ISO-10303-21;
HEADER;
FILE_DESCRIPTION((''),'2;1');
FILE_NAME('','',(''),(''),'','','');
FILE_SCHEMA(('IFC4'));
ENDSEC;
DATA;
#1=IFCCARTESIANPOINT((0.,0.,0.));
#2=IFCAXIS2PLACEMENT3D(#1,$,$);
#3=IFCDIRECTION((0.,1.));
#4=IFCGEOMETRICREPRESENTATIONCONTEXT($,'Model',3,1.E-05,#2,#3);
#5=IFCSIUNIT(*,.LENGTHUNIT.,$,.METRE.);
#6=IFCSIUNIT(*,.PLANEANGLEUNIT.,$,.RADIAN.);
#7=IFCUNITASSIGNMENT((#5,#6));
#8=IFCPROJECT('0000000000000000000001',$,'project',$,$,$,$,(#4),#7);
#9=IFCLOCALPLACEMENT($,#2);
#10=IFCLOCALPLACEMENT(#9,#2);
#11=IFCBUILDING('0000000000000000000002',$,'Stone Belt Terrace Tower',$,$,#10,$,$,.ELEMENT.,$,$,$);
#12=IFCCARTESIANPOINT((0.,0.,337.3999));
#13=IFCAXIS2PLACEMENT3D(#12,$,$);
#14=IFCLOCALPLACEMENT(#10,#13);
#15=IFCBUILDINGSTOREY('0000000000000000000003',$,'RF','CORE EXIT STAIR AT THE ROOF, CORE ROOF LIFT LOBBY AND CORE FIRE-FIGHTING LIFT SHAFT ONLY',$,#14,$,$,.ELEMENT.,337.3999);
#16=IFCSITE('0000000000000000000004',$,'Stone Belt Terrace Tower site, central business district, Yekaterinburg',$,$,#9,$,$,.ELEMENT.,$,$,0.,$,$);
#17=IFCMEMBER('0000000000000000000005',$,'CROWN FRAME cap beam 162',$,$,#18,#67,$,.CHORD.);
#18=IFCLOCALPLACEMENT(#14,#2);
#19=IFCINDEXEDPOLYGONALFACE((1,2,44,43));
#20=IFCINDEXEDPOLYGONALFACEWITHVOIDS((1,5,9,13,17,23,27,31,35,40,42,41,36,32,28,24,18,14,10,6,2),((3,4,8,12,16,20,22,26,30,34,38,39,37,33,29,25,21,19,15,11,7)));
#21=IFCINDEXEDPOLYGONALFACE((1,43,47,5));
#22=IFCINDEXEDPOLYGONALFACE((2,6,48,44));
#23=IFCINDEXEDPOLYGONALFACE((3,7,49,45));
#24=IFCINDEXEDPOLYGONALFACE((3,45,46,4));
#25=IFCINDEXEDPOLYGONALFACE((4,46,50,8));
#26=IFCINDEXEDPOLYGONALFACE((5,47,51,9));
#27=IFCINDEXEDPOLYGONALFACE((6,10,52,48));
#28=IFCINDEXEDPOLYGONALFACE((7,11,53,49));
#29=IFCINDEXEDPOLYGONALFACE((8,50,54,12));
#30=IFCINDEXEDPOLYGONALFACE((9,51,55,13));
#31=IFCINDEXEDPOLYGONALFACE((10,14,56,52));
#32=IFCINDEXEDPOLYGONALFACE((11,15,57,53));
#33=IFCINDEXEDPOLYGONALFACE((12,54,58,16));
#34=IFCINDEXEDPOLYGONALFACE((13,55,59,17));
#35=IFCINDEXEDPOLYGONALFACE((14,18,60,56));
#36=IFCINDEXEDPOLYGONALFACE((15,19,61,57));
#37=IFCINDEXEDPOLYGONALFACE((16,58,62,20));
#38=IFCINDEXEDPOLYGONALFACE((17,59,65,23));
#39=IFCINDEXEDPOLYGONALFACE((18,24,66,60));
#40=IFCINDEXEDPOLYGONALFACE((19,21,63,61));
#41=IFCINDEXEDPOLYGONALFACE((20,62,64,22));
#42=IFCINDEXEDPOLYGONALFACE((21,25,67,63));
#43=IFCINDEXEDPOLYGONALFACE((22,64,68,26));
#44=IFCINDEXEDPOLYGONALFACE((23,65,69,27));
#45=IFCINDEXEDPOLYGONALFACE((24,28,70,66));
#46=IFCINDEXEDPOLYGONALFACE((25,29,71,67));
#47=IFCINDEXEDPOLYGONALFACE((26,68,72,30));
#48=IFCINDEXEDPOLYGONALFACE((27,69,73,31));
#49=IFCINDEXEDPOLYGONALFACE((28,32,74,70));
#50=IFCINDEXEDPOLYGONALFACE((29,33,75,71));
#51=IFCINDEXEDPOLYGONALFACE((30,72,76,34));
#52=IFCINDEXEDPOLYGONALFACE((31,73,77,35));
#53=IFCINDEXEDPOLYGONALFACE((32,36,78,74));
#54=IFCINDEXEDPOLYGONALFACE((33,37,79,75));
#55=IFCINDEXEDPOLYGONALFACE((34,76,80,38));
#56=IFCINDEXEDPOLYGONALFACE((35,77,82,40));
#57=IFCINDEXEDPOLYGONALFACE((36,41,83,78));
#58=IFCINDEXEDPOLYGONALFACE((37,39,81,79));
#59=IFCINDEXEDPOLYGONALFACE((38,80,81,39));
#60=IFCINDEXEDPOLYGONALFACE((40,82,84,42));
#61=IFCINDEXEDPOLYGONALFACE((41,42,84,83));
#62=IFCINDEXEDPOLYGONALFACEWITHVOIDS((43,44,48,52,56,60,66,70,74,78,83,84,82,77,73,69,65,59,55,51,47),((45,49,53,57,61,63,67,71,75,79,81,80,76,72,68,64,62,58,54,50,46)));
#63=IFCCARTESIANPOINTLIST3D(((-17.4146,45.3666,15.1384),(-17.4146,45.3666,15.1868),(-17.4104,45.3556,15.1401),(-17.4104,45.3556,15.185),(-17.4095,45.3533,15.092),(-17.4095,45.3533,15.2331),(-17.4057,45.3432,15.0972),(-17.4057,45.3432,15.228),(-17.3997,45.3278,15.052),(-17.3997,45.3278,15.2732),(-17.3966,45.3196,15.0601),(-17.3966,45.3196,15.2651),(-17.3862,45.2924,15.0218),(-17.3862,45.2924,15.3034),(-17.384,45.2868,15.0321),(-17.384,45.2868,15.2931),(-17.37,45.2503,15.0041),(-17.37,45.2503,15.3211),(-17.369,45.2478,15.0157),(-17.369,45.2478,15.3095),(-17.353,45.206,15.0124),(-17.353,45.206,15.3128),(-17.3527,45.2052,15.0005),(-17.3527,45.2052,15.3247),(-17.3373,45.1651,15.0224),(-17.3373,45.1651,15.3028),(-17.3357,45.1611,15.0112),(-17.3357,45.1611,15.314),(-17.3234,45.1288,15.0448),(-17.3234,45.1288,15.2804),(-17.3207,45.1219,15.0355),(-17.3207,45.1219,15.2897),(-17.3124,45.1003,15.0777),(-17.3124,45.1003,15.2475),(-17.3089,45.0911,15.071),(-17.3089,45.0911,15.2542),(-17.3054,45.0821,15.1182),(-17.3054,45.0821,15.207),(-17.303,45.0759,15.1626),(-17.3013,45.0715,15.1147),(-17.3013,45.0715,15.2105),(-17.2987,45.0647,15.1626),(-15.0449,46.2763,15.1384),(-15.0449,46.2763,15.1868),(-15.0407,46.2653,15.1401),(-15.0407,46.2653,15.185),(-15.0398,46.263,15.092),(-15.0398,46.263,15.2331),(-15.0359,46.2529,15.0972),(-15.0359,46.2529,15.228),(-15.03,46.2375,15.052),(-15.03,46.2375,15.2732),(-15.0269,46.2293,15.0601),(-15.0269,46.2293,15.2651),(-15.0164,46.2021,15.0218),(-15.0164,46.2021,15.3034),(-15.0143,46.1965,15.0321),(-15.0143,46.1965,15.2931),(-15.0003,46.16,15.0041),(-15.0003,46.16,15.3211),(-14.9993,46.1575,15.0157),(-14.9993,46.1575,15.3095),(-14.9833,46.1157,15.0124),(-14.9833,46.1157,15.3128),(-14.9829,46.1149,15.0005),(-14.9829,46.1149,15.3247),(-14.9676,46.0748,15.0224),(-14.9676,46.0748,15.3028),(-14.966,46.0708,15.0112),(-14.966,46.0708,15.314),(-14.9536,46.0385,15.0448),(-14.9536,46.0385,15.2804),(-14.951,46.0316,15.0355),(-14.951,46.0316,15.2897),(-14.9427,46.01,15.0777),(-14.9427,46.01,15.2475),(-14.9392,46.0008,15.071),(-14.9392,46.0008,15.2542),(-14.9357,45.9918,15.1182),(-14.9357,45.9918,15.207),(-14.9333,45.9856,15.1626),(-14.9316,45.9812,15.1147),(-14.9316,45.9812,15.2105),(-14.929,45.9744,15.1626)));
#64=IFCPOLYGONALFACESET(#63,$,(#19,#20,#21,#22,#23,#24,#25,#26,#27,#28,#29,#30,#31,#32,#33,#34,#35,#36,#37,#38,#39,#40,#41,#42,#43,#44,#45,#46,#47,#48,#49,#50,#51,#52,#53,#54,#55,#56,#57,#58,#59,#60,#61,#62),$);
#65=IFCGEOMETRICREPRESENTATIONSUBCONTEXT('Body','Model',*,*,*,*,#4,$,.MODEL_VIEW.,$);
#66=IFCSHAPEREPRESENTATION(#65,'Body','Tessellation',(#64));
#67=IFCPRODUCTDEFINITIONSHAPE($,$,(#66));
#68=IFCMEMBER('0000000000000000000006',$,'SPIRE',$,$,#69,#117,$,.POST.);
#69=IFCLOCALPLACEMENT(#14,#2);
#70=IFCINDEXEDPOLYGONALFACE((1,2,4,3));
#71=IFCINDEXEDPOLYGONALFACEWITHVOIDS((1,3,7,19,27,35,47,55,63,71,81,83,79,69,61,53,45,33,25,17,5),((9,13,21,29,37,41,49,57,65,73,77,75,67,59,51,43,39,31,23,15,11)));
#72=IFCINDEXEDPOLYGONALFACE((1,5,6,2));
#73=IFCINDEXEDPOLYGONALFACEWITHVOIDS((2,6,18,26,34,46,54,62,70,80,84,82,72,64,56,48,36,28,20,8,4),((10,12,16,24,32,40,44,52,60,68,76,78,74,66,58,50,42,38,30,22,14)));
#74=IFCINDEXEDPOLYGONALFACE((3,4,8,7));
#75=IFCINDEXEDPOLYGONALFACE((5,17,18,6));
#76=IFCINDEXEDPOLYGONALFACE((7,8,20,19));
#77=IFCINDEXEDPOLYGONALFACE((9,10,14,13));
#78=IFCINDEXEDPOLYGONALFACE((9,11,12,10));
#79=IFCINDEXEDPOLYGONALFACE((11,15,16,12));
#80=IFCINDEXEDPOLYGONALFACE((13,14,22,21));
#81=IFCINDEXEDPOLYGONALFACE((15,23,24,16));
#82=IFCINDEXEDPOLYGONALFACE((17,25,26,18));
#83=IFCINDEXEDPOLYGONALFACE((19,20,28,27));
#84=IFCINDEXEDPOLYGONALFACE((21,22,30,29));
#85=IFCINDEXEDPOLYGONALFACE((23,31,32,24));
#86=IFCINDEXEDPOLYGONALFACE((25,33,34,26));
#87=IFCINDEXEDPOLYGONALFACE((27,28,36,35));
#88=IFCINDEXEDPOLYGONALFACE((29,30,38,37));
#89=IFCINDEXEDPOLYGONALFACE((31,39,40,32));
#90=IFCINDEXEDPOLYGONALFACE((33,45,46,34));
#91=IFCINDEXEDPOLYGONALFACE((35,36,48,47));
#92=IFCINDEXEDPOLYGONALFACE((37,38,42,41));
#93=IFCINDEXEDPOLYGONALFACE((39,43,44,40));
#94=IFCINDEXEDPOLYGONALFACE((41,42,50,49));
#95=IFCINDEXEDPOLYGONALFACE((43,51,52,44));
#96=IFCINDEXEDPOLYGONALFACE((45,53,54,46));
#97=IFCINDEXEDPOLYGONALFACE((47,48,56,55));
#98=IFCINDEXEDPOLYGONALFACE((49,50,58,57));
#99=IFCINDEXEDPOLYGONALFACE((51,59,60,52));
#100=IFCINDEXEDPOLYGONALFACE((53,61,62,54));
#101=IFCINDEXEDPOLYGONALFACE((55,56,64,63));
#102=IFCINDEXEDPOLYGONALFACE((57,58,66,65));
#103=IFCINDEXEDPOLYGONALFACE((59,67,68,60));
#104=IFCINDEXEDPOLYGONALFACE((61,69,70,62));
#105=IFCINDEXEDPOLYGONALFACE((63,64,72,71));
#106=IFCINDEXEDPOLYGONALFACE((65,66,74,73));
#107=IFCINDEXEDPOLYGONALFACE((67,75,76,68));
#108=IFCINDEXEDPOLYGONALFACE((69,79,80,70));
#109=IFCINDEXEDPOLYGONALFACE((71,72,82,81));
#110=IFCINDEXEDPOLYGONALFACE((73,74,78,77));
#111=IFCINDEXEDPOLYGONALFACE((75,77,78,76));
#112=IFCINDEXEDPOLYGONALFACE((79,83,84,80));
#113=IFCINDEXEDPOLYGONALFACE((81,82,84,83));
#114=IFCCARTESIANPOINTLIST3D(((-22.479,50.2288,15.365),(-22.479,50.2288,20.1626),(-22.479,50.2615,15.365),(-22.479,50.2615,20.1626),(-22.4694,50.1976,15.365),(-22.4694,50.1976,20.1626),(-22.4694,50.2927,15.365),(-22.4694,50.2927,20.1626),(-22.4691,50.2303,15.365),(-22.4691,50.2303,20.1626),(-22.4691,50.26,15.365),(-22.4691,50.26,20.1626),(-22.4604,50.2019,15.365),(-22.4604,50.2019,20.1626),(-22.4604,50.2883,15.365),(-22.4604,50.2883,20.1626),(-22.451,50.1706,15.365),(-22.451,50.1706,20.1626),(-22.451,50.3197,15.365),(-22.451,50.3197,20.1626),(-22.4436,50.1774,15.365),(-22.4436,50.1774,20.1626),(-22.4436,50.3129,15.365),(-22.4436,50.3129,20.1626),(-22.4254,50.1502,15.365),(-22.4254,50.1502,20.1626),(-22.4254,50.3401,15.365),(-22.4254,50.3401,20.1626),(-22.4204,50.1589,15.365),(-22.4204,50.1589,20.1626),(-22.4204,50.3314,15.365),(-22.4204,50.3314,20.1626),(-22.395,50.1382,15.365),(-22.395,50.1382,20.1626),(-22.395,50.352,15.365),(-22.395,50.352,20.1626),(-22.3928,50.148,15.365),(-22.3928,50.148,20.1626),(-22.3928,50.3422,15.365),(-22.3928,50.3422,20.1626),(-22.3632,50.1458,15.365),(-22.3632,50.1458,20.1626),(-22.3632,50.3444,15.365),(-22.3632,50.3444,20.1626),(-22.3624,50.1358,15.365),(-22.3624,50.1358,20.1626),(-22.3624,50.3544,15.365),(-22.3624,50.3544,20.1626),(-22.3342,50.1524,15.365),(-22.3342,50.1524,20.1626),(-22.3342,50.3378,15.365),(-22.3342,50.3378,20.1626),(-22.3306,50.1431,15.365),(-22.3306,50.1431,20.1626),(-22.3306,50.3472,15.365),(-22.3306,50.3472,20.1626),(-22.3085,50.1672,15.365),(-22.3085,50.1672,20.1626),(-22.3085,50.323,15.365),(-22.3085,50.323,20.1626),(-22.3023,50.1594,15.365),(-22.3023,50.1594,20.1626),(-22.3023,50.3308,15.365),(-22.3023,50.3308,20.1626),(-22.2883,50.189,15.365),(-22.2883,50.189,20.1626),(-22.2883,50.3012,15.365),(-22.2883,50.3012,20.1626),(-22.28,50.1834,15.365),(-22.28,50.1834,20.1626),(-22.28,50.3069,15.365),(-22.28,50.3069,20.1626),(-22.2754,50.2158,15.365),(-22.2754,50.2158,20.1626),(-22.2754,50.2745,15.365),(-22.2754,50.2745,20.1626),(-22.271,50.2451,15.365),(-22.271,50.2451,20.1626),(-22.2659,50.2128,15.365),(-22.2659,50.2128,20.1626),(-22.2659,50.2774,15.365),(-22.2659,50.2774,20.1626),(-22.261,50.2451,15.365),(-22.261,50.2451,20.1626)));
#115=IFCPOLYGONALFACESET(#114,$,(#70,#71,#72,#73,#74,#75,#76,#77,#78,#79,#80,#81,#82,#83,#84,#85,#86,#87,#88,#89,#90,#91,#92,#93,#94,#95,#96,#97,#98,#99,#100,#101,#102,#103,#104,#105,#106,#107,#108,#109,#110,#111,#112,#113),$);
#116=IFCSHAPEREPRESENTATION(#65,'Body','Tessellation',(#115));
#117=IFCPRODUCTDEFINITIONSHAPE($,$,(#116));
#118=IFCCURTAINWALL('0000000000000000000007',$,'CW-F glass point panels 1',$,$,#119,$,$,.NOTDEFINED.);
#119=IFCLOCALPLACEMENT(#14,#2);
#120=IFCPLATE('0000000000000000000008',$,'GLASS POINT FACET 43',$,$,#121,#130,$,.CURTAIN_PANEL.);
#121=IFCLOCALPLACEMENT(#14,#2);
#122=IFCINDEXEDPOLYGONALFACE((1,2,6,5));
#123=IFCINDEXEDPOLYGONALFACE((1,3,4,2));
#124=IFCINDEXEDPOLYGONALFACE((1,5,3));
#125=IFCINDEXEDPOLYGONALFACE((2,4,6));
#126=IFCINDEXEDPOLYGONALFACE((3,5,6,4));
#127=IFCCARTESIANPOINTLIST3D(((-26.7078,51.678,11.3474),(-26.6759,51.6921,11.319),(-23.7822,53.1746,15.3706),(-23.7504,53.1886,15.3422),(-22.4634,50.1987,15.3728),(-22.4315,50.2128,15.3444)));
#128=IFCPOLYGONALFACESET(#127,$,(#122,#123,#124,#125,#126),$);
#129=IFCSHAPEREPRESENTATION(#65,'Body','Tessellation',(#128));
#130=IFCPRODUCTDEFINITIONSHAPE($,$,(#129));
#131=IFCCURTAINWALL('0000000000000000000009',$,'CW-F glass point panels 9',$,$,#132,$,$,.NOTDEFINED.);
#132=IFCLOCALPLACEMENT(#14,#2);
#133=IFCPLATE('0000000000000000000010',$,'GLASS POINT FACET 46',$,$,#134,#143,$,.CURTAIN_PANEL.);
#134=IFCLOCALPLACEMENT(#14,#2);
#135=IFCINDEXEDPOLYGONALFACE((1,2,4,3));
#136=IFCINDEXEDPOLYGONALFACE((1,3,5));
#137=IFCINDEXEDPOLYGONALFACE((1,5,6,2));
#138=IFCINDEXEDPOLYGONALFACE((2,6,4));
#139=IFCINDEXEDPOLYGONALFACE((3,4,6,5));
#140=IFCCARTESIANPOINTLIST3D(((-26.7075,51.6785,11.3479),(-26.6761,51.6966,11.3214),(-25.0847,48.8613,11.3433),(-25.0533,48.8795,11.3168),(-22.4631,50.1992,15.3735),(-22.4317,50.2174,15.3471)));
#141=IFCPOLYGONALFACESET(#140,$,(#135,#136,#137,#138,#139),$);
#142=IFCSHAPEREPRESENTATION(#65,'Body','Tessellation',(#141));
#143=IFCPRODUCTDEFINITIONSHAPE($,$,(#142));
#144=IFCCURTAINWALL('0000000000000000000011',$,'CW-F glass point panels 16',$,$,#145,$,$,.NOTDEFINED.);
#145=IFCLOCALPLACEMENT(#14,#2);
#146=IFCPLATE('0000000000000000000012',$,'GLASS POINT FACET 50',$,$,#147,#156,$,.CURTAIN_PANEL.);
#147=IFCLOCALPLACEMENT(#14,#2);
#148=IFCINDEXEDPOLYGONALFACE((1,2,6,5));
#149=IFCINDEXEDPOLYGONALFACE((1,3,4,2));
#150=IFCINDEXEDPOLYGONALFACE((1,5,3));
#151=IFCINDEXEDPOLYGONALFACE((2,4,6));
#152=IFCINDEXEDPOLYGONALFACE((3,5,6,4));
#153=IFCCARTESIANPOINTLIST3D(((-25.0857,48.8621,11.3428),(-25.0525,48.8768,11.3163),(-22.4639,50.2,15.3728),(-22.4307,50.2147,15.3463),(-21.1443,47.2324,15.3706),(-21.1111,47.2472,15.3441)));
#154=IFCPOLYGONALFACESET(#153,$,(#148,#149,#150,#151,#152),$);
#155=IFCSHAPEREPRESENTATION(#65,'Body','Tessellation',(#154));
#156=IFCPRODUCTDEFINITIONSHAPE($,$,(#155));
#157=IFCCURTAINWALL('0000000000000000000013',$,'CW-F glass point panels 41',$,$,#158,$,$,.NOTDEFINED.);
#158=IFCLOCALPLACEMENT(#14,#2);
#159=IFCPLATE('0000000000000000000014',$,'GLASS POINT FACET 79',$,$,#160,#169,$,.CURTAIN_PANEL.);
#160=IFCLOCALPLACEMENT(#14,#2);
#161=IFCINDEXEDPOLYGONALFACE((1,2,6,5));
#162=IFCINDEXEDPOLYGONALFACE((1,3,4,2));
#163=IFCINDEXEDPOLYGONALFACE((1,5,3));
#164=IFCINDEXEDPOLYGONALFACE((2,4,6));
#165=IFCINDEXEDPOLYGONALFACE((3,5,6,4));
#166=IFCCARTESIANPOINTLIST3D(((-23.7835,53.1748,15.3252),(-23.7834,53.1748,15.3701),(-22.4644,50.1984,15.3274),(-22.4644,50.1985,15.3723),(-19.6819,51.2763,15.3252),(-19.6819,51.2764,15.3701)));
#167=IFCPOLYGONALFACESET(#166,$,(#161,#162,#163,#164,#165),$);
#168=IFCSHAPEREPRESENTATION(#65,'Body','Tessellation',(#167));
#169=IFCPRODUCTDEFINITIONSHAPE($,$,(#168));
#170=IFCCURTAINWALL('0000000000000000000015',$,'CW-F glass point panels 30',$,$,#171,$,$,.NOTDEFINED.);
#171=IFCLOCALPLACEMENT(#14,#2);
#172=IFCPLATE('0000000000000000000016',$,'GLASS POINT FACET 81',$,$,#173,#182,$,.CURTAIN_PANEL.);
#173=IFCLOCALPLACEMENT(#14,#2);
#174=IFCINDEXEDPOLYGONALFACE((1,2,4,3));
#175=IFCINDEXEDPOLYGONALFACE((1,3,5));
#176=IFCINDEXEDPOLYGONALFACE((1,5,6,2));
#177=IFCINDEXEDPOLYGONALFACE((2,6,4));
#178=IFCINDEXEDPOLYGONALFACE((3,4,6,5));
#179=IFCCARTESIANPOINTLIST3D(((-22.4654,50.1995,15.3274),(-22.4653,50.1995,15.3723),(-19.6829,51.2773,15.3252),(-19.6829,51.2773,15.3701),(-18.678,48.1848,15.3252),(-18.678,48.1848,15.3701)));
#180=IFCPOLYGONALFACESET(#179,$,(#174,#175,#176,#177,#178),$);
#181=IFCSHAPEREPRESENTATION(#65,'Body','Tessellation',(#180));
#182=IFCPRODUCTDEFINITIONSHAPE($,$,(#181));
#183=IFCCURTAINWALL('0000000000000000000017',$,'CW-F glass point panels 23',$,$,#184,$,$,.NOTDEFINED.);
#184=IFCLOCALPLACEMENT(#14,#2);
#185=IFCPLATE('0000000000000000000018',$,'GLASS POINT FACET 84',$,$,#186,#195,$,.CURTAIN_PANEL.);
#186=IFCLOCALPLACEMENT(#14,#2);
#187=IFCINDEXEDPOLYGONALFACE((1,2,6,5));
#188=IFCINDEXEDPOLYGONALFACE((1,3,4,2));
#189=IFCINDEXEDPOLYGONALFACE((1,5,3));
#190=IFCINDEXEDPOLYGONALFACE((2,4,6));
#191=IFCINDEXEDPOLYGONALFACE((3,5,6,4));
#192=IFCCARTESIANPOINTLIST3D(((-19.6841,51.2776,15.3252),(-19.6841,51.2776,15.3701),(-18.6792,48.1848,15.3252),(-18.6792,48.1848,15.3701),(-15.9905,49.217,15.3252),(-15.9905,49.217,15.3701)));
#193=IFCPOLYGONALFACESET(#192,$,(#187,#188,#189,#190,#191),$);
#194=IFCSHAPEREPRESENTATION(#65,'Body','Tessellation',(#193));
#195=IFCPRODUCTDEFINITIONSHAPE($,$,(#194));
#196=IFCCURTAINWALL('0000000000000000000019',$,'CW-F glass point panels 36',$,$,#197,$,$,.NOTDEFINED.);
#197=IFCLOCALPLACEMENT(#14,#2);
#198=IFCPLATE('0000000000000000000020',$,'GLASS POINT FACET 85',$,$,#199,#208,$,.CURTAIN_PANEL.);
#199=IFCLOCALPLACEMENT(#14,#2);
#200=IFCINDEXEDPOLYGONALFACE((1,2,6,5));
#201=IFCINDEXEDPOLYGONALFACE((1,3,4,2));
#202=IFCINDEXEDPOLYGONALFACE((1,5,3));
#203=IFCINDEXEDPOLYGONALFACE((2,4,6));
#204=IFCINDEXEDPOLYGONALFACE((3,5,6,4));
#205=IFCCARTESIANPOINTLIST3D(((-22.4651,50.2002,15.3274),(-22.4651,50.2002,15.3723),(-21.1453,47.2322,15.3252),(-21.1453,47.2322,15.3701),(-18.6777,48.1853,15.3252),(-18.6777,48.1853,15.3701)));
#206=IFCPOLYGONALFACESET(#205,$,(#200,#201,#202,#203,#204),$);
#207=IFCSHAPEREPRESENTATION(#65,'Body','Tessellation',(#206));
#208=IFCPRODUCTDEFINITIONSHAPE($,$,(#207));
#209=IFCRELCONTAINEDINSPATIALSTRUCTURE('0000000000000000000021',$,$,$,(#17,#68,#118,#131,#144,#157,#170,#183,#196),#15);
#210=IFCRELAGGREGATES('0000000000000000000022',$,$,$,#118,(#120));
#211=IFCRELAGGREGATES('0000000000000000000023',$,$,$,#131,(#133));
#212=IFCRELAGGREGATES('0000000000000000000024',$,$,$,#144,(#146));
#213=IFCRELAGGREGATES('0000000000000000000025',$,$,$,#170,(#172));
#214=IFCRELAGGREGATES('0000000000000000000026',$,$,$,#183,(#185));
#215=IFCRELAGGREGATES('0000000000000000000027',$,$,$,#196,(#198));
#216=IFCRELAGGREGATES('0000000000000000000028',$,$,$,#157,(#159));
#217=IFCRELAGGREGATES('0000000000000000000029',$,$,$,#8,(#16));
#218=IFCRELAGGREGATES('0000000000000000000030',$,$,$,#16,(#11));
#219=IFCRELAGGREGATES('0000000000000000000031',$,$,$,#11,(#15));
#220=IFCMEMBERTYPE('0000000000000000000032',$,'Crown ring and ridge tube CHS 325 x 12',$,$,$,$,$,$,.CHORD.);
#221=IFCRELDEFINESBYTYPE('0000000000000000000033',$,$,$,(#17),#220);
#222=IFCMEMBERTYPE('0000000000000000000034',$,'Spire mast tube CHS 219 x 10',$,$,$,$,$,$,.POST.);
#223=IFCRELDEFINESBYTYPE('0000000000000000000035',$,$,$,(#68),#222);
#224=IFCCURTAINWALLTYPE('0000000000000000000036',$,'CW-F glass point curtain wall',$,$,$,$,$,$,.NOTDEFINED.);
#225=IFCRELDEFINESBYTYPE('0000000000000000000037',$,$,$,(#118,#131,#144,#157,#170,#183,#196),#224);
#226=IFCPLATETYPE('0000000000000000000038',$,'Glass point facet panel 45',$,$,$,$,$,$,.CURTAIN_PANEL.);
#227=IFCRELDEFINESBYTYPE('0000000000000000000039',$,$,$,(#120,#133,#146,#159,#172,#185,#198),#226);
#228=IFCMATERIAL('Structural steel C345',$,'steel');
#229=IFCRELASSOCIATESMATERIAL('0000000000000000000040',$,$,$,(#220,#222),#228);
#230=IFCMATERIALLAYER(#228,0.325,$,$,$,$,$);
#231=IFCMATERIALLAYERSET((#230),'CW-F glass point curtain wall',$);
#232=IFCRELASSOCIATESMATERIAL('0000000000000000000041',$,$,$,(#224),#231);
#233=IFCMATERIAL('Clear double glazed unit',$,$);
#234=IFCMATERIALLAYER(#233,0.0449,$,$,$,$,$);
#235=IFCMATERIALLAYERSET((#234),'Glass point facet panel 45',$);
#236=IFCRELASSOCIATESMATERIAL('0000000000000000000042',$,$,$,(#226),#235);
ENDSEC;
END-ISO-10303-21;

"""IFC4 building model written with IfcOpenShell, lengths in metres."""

from ifc_helpers import new_model, si_unit, direction, frame, origin, origin_2d, place, context, subcontext, project, spatial, polyline, hollow_circle, outline, extrude, material, layer, layer_set, material_profile, profile_set, type_object, element, aggregate, save


model = new_model("IFC4")

# Units and contexts
model_context = context("Model", 3, precision=1e-05, world=origin(), true_north=direction((0.0, 1.0)))
body_context = subcontext(model_context, "Body", "Model", "MODEL_VIEW")
ifc_project = project(units=[si_unit("LENGTHUNIT", "METRE"), si_unit("PLANEANGLEUNIT", "RADIAN")], contexts=[model_context])

# Site, building, storey
site_placement = place(None, origin())
site = spatial("IfcSite", under=ifc_project, at=site_placement, Name="Stone Belt Terrace Tower site, central business district, Yekaterinburg", CompositionType="ELEMENT", RefElevation=0.0)
building_placement = place(site_placement, origin())
building = spatial("IfcBuilding", under=site, at=building_placement, Name="Stone Belt Terrace Tower", CompositionType="ELEMENT")
storey_placement = place(building_placement, frame((0.0, 0.0, 337.3999)))
storey = spatial("IfcBuildingStorey", under=building, at=storey_placement, Name="RF", Description="CORE EXIT STAIR AT THE ROOF, CORE ROOF LIFT LOBBY AND CORE FIRE-FIGHTING LIFT SHAFT ONLY", CompositionType="ELEMENT", Elevation=337.3999)

# Members
ifc_material_1 = material(Name="Structural steel C345", Category="steel")
ifc_material_profile_1 = material_profile(ifc_material_1, hollow_circle(Radius=0.1626, WallThickness=0.012, at=origin_2d()), Name="Structural steel C345 CHS 325x12")
ifc_profile_set_1 = profile_set([ifc_material_profile_1], Name="Structural steel C345")
member_type_1 = type_object("IfcMemberType", Name="Crown ring and ridge tube CHS 325 x 12", PredefinedType="CHORD", material=ifc_profile_set_1)
member_1_placement = place(storey_placement, frame((-14.9873, 46.1262, 15.1626), z_axis=(-0.933573, -0.358386, 0.0), x_axis=(0.358386, -0.933573, 0.0)))
element("IfcMember", 1, at=member_1_placement, inside=storey, type_object=member_type_1, Name="CROWN FRAME cap beam 162", PredefinedType="CHORD", context=body_context, shape_type="SweptSolid", body=[
    extrude(hollow_circle(Radius=0.1626, WallThickness=0.012, at=origin_2d()), origin(), (0.0, 0.0, 1.0), 2.5383),
])
ifc_material_profile_2 = material_profile(ifc_material_1, hollow_circle(Radius=0.1096, WallThickness=0.01, at=origin_2d()), Name="Structural steel C345 CHS 219x10")
ifc_profile_set_2 = profile_set([ifc_material_profile_2], Name="Structural steel C345")
member_type_2 = type_object("IfcMemberType", Name="Spire mast tube CHS 219 x 10", PredefinedType="POST", material=ifc_profile_set_2)
member_2_placement = place(storey_placement, frame((-22.3706, 50.2451, 15.365), z_axis=(0.0, 0.0, 1.0), x_axis=(1.0, 0.0, 0.0)))
element("IfcMember", 2, at=member_2_placement, inside=storey, type_object=member_type_2, Name="SPIRE", PredefinedType="POST", context=body_context, shape_type="SweptSolid", body=[
    extrude(hollow_circle(Radius=0.1096, WallThickness=0.01, at=origin_2d()), origin(), (0.0, 0.0, 1.0), 4.7976),
])

# Curtain walls, plates
ifc_layer_1 = layer(ifc_material_1, 0.325)
ifc_layer_set_1 = layer_set([ifc_layer_1], Name="CW-F glass point curtain wall")
curtain_wall_type = type_object("IfcCurtainWallType", Name="CW-F glass point curtain wall", PredefinedType="NOTDEFINED", material=ifc_layer_set_1)
curtain_wall_1_placement = place(storey_placement, origin())
curtain_wall_1 = element("IfcCurtainWall", 3, at=curtain_wall_1_placement, inside=storey, type_object=curtain_wall_type, Name="CW-F glass point panels 1", PredefinedType="NOTDEFINED")
ifc_material_2 = material(Name="Clear double glazed unit")
ifc_layer_2 = layer(ifc_material_2, 0.0449)
ifc_layer_set_2 = layer_set([ifc_layer_2], Name="Glass point facet panel 45")
plate_type = type_object("IfcPlateType", Name="Glass point facet panel 45", PredefinedType="CURTAIN_PANEL", material=ifc_layer_set_2)
plate_1_placement = place(storey_placement, frame((-22.4634, 50.1987, 15.3728), z_axis=(-0.708684, -0.313612, 0.631992), x_axis=(-0.703435, 0.24516, -0.66714)))
plate_1 = element("IfcPlate", 4, at=plate_1_placement, type_object=plate_type, Name="GLASS POINT FACET 43", PredefinedType="CURTAIN_PANEL", context=body_context, shape_type="SweptSolid", body=[
    extrude(outline(polyline([(0.0, 0.0), (6.0338, 0.0), (1.6587, -2.8006), (0.0, 0.0)])), origin(), (0.0, 0.0, -1.0), 0.0449),
])
aggregate(curtain_wall_1, [plate_1])
curtain_wall_2_placement = place(storey_placement, origin())
curtain_wall_2 = element("IfcCurtainWall", 5, at=curtain_wall_2_placement, inside=storey, type_object=curtain_wall_type, Name="CW-F glass point panels 9", PredefinedType="NOTDEFINED")
plate_2_placement = place(storey_placement, frame((-22.4631, 50.1992, 15.3735), z_axis=(-0.699684, -0.404021, 0.589244), x_axis=(-0.525308, -0.268084, -0.807578)))
plate_2 = element("IfcPlate", 6, at=plate_2_placement, type_object=plate_type, Name="GLASS POINT FACET 46", PredefinedType="CURTAIN_PANEL", context=body_context, shape_type="SweptSolid", body=[
    extrude(outline(polyline([(0.0, 0.0), (4.9906, 0.0), (5.0841, -3.2498), (0.0, 0.0)])), origin(), (0.0, 0.0, -1.0), 0.0449),
])
aggregate(curtain_wall_2, [plate_2])
curtain_wall_3_placement = place(storey_placement, origin())
curtain_wall_3 = element("IfcCurtainWall", 7, at=curtain_wall_3_placement, inside=storey, type_object=curtain_wall_type, Name="CW-F glass point panels 16", PredefinedType="NOTDEFINED")
plate_3_placement = place(storey_placement, frame((-22.4639, 50.2, 15.3728), z_axis=(-0.738075, -0.328638, 0.589273), x_axis=(0.406313, -0.913734, -0.000677)))
plate_3 = element("IfcPlate", 8, at=plate_3_placement, type_object=plate_type, Name="GLASS POINT FACET 50", PredefinedType="CURTAIN_PANEL", context=body_context, shape_type="SweptSolid", body=[
    extrude(outline(polyline([(0.0, 0.0), (3.2477, 0.0), (0.1599, -4.9879), (0.0, 0.0)])), origin(), (0.0, 0.0, -1.0), 0.0449),
])
aggregate(curtain_wall_3, [plate_3])
curtain_wall_4_placement = place(storey_placement, origin())
curtain_wall_4 = element("IfcCurtainWall", 9, at=curtain_wall_4_placement, inside=storey, type_object=curtain_wall_type, Name="CW-F glass point panels 41", PredefinedType="NOTDEFINED")
plate_4_placement = place(storey_placement, frame((-22.4644, 50.1985, 15.3723), z_axis=(0.00043, 0.000929, 0.999999), x_axis=(-0.405185, 0.914235, -0.000675)))
plate_4 = element("IfcPlate", 10, at=plate_4_placement, type_object=plate_type, Name="GLASS POINT FACET 79", PredefinedType="CURTAIN_PANEL", context=body_context, shape_type="SweptSolid", body=[
    extrude(outline(polyline([(0.0, 0.0), (3.2555, 0.0), (-0.142, -2.9806), (0.0, 0.0)])), origin(), (0.0, 0.0, -1.0), 0.0449),
])
curtain_wall_5_placement = place(storey_placement, origin())
curtain_wall_5 = element("IfcCurtainWall", 11, at=curtain_wall_5_placement, inside=storey, type_object=curtain_wall_type, Name="CW-F glass point panels 30", PredefinedType="NOTDEFINED")
plate_5_placement = place(storey_placement, frame((-22.4653, 50.1995, 15.3723), z_axis=(0.000701, 0.000228, 1.0), x_axis=(0.932478, 0.361226, -0.000736)))
plate_5 = element("IfcPlate", 12, at=plate_5_placement, type_object=plate_type, Name="GLASS POINT FACET 81", PredefinedType="CURTAIN_PANEL", context=body_context, shape_type="SweptSolid", body=[
    extrude(outline(polyline([(0.0, 0.0), (2.984, 0.0), (2.8039, -3.2467), (0.0, 0.0)])), origin(), (0.0, 0.0, -1.0), 0.0449),
])
aggregate(curtain_wall_5, [plate_5])
curtain_wall_6_placement = place(storey_placement, origin())
curtain_wall_6 = element("IfcCurtainWall", 13, at=curtain_wall_6_placement, inside=storey, type_object=curtain_wall_type, Name="CW-F glass point panels 23", PredefinedType="NOTDEFINED")
plate_6_placement = place(storey_placement, frame((-19.6841, 51.2776, 15.3701), z_axis=(0.0, 0.0, 1.0), x_axis=(0.873298, -0.487186, 0.0)))
plate_6 = element("IfcPlate", 14, at=plate_6_placement, type_object=plate_type, Name="GLASS POINT FACET 84", PredefinedType="CURTAIN_PANEL", context=body_context, shape_type="SweptSolid", body=[
    extrude(outline(polyline([(0.0, 0.0), (4.2295, 0.0), (2.3843, -2.2113), (0.0, 0.0)])), origin(), (0.0, 0.0, -1.0), 0.0449),
])
aggregate(curtain_wall_6, [plate_6])
curtain_wall_7_placement = place(storey_placement, origin())
curtain_wall_7 = element("IfcCurtainWall", 15, at=curtain_wall_7_placement, inside=storey, type_object=curtain_wall_type, Name="CW-F glass point panels 36", PredefinedType="NOTDEFINED")
plate_7_placement = place(storey_placement, frame((-22.4651, 50.2002, 15.3723), z_axis=(0.000244, -0.000632, 1.0), x_axis=(0.882839, -0.469675, -0.000512)))
plate_7 = element("IfcPlate", 16, at=plate_7_placement, type_object=plate_type, Name="GLASS POINT FACET 85", PredefinedType="CURTAIN_PANEL", context=body_context, shape_type="SweptSolid", body=[
    extrude(outline(polyline([(0.0, 0.0), (4.29, 0.0), (2.5592, -2.0004), (0.0, 0.0)])), origin(), (0.0, 0.0, -1.0), 0.0449),
])
aggregate(curtain_wall_7, [plate_7])

aggregate(curtain_wall_4, [plate_4])

save(model, "model.ifc")
